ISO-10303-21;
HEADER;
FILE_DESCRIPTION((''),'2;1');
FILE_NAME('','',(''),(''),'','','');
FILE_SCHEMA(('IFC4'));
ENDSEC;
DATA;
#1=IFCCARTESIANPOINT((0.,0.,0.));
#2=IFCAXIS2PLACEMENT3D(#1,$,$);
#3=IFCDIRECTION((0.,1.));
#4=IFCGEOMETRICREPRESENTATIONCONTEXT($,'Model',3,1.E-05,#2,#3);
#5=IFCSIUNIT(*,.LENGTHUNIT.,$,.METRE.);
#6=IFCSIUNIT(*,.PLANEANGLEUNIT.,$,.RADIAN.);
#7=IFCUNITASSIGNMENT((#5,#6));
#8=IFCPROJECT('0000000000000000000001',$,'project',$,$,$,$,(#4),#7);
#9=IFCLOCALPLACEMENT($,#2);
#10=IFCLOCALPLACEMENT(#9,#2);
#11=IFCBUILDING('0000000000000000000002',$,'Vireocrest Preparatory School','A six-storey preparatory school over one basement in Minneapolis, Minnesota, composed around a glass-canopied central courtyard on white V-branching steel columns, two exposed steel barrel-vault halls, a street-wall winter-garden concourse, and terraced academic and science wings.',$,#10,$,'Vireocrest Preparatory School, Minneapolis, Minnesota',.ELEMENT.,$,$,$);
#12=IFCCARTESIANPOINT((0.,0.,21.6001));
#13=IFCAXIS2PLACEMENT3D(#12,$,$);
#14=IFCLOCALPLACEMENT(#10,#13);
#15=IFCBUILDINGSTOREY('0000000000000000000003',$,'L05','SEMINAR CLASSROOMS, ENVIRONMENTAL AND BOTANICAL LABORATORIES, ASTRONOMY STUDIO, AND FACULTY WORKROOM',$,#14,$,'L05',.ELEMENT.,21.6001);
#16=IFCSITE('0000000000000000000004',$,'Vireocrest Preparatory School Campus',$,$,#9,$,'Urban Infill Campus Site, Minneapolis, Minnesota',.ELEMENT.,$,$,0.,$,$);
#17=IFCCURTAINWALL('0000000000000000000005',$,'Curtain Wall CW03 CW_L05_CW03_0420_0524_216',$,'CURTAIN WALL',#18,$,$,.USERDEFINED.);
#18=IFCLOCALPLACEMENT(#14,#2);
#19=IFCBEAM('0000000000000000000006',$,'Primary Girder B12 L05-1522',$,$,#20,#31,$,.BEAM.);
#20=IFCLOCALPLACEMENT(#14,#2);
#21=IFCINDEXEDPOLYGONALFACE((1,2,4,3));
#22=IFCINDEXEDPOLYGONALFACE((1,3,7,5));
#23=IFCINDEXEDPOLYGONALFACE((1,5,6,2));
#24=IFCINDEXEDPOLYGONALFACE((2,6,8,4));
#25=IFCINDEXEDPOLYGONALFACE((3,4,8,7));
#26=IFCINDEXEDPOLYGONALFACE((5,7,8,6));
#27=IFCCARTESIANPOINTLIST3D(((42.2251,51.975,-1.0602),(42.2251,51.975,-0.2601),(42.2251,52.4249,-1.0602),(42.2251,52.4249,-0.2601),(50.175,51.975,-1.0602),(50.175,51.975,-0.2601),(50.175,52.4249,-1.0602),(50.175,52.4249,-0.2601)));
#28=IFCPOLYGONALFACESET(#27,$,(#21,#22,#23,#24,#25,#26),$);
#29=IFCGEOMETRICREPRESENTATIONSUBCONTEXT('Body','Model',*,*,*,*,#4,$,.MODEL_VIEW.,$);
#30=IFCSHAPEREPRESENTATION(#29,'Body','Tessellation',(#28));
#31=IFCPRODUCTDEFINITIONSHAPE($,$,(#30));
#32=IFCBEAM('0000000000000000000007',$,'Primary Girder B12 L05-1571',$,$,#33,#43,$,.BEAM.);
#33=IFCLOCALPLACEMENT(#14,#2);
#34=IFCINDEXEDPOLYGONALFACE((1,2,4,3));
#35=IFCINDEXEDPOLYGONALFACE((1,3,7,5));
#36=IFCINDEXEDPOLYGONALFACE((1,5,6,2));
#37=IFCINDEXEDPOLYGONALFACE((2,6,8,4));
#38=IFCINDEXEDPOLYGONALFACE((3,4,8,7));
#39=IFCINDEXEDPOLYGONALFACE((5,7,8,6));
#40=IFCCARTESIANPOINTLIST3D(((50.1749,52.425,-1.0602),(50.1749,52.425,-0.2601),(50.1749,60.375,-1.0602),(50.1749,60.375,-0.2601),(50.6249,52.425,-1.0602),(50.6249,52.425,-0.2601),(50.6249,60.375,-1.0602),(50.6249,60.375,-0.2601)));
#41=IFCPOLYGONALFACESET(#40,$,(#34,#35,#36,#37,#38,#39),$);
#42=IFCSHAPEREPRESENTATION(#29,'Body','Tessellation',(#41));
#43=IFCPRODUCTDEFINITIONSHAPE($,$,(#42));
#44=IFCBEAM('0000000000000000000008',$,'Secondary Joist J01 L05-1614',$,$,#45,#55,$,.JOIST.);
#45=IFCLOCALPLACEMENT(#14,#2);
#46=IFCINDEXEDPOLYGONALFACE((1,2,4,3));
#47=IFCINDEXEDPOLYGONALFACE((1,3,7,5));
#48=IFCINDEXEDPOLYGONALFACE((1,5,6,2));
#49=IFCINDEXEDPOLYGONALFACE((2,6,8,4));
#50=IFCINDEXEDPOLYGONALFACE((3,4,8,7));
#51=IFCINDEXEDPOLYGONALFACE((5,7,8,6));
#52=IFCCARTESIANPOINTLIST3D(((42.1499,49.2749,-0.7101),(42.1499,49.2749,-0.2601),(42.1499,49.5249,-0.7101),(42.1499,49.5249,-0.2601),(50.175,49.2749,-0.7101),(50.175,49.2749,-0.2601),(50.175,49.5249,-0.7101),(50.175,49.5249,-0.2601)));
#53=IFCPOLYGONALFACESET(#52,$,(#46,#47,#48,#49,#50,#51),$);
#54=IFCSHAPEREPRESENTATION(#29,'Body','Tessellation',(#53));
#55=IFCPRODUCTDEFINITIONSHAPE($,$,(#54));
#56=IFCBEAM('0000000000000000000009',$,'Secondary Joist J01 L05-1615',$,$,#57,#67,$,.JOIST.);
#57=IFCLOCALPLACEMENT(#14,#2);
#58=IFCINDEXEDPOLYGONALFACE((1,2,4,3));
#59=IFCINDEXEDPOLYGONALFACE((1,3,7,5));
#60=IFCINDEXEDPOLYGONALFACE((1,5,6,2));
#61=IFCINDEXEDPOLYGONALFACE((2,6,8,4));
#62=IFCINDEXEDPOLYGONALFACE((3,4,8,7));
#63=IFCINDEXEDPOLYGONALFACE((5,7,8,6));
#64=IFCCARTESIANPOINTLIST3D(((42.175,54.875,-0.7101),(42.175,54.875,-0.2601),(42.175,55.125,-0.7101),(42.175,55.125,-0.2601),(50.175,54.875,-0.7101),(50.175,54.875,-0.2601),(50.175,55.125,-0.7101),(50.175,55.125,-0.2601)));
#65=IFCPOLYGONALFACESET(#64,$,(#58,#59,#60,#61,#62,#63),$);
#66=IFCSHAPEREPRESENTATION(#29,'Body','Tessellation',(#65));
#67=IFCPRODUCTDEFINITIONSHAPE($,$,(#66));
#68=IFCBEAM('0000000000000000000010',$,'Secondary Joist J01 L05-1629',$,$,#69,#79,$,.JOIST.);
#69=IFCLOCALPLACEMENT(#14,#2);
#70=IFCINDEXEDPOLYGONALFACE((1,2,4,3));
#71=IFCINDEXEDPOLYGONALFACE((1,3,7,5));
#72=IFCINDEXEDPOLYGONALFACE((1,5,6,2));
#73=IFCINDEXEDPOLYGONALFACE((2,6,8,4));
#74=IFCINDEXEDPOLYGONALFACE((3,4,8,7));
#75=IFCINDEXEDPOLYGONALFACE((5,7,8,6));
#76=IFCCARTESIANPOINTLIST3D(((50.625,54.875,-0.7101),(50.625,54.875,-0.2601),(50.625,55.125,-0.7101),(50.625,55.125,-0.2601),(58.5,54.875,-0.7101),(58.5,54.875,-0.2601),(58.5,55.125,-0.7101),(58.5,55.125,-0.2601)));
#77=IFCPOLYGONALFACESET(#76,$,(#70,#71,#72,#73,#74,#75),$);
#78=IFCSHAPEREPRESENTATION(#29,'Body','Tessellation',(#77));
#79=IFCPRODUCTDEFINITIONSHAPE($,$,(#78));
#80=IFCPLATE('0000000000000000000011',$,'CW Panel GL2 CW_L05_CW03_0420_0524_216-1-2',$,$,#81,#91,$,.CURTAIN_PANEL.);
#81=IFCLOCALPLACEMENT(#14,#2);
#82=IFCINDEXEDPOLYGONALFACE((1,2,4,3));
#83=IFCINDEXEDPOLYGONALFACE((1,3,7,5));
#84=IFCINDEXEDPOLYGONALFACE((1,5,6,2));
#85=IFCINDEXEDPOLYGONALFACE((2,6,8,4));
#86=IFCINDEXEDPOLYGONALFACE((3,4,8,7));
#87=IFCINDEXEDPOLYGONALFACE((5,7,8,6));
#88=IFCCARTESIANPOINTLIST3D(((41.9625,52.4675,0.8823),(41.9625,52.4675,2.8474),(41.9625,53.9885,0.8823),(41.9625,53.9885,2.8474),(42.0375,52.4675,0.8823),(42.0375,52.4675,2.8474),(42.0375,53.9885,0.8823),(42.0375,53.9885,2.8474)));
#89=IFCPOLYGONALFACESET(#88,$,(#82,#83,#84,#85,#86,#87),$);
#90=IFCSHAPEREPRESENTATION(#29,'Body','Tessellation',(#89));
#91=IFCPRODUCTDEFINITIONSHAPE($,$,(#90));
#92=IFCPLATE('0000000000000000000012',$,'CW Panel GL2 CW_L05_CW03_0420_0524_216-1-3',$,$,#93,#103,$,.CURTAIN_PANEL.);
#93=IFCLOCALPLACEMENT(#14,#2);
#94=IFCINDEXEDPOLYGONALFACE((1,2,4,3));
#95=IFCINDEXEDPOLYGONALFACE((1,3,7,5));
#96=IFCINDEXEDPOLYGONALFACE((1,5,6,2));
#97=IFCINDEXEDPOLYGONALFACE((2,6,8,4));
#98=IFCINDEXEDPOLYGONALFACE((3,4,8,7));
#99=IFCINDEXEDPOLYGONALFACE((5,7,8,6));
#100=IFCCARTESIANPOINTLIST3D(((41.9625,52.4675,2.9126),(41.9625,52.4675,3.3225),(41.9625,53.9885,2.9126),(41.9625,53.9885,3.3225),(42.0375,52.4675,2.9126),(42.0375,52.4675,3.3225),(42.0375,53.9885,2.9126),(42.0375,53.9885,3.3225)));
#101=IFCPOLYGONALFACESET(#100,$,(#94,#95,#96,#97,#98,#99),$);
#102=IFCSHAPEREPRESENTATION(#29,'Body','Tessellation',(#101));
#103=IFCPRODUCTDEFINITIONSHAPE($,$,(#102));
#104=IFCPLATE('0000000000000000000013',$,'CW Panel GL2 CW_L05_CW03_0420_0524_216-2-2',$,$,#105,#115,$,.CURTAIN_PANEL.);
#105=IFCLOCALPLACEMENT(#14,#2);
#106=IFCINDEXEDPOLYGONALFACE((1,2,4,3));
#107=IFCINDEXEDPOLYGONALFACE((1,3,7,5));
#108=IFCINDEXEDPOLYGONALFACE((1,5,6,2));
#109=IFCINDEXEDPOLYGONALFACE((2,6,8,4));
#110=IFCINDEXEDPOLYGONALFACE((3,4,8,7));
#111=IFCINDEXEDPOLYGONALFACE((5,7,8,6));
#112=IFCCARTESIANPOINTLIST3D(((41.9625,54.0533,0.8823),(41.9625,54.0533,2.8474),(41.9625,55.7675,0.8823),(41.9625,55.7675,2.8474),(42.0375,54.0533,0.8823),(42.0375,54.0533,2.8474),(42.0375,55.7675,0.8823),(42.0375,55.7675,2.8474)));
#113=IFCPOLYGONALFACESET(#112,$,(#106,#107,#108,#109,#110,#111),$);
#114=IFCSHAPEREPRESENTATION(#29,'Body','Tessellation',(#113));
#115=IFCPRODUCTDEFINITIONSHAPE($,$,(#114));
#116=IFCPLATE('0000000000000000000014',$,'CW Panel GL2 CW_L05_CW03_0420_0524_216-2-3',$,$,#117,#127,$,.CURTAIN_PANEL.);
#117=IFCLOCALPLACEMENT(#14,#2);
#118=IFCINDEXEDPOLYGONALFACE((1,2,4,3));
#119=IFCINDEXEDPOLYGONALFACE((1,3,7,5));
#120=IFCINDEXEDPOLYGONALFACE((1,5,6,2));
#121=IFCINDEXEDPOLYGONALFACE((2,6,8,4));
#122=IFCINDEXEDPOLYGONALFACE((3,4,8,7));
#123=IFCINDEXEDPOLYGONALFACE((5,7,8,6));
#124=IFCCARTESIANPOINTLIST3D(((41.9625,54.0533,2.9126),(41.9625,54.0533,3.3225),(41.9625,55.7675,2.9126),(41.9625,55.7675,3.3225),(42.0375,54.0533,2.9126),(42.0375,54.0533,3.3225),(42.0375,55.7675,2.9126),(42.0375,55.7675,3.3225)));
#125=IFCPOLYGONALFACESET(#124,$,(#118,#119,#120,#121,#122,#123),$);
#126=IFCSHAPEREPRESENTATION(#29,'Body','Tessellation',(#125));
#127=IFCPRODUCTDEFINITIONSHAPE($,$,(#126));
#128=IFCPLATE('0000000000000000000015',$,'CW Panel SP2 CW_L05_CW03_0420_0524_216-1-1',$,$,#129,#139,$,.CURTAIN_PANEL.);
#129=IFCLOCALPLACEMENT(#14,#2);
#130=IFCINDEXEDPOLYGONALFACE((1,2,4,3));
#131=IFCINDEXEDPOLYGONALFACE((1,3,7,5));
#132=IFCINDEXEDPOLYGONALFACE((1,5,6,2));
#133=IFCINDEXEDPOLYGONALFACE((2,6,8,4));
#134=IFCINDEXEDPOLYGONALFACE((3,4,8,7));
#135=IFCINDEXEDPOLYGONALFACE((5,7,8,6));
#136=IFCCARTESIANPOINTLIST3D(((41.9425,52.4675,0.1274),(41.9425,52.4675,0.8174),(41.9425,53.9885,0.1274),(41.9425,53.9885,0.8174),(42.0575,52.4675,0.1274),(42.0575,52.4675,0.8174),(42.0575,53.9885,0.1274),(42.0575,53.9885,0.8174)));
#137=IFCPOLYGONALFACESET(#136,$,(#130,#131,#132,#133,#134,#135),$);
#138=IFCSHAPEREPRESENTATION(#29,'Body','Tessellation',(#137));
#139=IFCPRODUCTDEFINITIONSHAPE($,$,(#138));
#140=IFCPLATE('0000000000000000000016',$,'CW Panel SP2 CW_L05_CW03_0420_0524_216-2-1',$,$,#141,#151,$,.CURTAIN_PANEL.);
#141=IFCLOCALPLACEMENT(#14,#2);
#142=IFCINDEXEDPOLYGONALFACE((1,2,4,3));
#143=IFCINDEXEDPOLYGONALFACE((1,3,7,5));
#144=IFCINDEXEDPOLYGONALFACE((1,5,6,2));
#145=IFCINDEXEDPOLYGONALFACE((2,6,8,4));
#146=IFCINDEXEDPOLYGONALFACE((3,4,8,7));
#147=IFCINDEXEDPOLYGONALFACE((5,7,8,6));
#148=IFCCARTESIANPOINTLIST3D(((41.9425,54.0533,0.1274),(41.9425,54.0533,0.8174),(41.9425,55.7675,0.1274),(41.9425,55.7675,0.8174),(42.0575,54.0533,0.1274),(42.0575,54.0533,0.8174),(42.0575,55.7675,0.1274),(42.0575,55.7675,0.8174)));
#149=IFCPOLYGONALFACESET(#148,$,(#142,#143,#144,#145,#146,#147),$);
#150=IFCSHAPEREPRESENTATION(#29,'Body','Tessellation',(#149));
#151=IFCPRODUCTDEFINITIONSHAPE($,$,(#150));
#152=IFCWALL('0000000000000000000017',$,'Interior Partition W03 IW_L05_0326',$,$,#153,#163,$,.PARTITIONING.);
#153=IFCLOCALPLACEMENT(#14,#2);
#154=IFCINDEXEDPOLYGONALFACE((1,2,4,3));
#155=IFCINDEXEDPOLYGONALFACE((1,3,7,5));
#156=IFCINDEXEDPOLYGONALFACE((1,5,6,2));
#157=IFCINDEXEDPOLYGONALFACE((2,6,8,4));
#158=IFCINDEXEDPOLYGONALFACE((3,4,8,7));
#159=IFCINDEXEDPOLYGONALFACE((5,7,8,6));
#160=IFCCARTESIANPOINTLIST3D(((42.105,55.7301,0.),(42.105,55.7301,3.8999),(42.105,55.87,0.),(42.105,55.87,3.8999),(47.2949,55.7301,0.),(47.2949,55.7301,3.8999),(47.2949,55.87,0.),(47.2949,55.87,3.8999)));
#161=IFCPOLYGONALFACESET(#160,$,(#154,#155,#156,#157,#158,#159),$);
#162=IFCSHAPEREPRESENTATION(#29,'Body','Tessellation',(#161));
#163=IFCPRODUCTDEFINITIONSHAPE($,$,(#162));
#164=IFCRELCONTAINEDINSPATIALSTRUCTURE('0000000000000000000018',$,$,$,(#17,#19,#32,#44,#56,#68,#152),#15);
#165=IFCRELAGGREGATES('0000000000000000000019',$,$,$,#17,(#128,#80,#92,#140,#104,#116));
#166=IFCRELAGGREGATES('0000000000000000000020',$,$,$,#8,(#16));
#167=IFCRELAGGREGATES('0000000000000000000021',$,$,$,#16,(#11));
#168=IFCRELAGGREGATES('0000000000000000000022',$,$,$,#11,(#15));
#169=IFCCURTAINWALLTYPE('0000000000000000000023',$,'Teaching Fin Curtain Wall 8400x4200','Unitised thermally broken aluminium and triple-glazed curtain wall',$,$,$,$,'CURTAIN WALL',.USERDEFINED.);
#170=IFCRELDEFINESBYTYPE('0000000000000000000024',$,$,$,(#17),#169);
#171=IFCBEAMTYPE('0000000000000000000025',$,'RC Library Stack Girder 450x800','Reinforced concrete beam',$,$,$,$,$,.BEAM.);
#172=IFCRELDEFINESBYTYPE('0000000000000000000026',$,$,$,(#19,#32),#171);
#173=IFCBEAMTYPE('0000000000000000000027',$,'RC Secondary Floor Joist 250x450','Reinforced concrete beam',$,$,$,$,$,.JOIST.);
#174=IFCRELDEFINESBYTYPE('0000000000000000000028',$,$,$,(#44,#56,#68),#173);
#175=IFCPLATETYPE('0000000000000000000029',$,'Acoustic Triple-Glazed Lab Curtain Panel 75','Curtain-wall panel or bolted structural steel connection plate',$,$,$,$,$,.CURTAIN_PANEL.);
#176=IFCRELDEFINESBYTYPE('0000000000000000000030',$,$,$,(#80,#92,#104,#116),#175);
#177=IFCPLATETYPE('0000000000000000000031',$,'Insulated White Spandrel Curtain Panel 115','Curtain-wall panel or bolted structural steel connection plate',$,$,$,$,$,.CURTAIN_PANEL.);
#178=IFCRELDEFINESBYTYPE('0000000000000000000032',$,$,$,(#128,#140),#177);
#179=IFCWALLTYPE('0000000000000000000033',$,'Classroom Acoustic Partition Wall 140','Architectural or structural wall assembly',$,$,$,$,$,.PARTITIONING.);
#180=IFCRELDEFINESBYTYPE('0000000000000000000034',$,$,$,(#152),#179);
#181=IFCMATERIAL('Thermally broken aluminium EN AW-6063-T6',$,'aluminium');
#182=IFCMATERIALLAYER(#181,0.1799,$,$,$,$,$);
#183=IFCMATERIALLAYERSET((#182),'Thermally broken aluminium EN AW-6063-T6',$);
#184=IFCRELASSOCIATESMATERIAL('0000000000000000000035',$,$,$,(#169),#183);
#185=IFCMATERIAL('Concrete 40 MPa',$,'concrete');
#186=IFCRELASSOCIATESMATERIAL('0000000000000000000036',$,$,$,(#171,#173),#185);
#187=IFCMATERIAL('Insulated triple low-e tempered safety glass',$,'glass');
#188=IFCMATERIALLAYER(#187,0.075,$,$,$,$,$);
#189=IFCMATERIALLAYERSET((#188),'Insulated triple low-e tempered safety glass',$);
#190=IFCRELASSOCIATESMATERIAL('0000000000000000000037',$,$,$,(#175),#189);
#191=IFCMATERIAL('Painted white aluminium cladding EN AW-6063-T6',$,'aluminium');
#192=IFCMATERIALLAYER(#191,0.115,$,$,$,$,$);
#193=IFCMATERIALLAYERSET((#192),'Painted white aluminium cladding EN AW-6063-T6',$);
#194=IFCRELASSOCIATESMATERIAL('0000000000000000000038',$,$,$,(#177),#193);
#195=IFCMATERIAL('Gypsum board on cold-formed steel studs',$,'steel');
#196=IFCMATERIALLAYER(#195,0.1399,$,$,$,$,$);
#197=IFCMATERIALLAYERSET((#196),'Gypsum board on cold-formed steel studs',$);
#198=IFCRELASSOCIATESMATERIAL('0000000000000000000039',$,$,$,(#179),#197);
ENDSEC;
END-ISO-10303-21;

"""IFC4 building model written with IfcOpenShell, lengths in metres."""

from ifc_helpers import new_model, si_unit, direction, frame, frame_2d, origin, origin_2d, place, context, subcontext, project, spatial, rectangle, extrude, material, layer, layer_set, material_profile, profile_set, type_object, element, aggregate, save


model = new_model("IFC4")

# Units and contexts
model_context = context("Model", 3, precision=1e-05, world=origin(), true_north=direction((0.0, 1.0)))
body_context = subcontext(model_context, "Body", "Model", "MODEL_VIEW")
ifc_project = project(units=[si_unit("LENGTHUNIT", "METRE"), si_unit("PLANEANGLEUNIT", "RADIAN")], contexts=[model_context])

# Site, building, storey
site_placement = place(None, origin())
site = spatial("IfcSite", under=ifc_project, at=site_placement, Name="Vireocrest Preparatory School Campus", LongName="Urban Infill Campus Site, Minneapolis, Minnesota", CompositionType="ELEMENT", RefElevation=0.0)
building_placement = place(site_placement, origin())
building = spatial("IfcBuilding", under=site, at=building_placement, Name="Vireocrest Preparatory School", Description="A six-storey preparatory school over one basement in Minneapolis, Minnesota, composed around a glass-canopied central courtyard on white V-branching steel columns, two exposed steel barrel-vault halls, a street-wall winter-garden concourse, and terraced academic and science wings.", LongName="Vireocrest Preparatory School, Minneapolis, Minnesota", CompositionType="ELEMENT")
storey_placement = place(building_placement, frame((0.0, 0.0, 21.6001)))
storey = spatial("IfcBuildingStorey", under=building, at=storey_placement, Name="L05", Description="SEMINAR CLASSROOMS, ENVIRONMENTAL AND BOTANICAL LABORATORIES, ASTRONOMY STUDIO, AND FACULTY WORKROOM", LongName="L05", CompositionType="ELEMENT", Elevation=21.6001)

# Curtain wall
ifc_material_1 = material(Name="Thermally broken aluminium EN AW-6063-T6", Category="aluminium")
ifc_layer_1 = layer(ifc_material_1, 0.1799)
ifc_layer_set_1 = layer_set([ifc_layer_1], Name="Thermally broken aluminium EN AW-6063-T6")
curtain_wall_type = type_object("IfcCurtainWallType", Name="Teaching Fin Curtain Wall 8400x4200", Description="Unitised thermally broken aluminium and triple-glazed curtain wall", ElementType="CURTAIN WALL", PredefinedType="USERDEFINED", material=ifc_layer_set_1)
curtain_wall_placement = place(storey_placement, origin())
curtain_wall = element("IfcCurtainWall", 1, at=curtain_wall_placement, inside=storey, type_object=curtain_wall_type, Name="Curtain Wall CW03 CW_L05_CW03_0420_0524_216", ObjectType="CURTAIN WALL", PredefinedType="USERDEFINED")

# Beams
ifc_material_2 = material(Name="Concrete 40 MPa", Category="concrete")
ifc_material_profile_1 = material_profile(ifc_material_2, rectangle(XDim=0.45, YDim=0.8, at=origin_2d()), Name="RC 450x800")
ifc_profile_set_1 = profile_set([ifc_material_profile_1], Name="Concrete 40 MPa")
beam_type_1 = type_object("IfcBeamType", Name="RC Library Stack Girder 450x800", Description="Reinforced concrete beam", PredefinedType="BEAM", material=ifc_profile_set_1)
for number, where, z_axis, x_axis, name in (
    (2, (42.2251, 52.2, -0.6602), (1.0, 0.0, 0.0), (0.0, 1.0, 0.0), "Primary Girder B12 L05-1522"),
    (3, (50.3999, 52.425, -0.6602), (0.0, 1.0, 0.0), (-1.0, 0.0, 0.0), "Primary Girder B12 L05-1571"),
):
    element("IfcBeam", number, at=place(storey_placement, frame(where, z_axis=z_axis, x_axis=x_axis)), inside=storey, type_object=beam_type_1, Name=name, PredefinedType="BEAM", context=body_context, shape_type="SweptSolid", body=[
        extrude(rectangle(XDim=0.45, YDim=0.8, at=origin_2d()), origin(), (0.0, 0.0, 1.0), 7.95),
    ])
ifc_material_profile_2 = material_profile(ifc_material_2, rectangle(XDim=0.25, YDim=0.45, at=origin_2d()), Name="RC 250x450")
ifc_profile_set_2 = profile_set([ifc_material_profile_2], Name="Concrete 40 MPa")
beam_type_2 = type_object("IfcBeamType", Name="RC Secondary Floor Joist 250x450", Description="Reinforced concrete beam", PredefinedType="JOIST", material=ifc_profile_set_2)
beam_1_placement = place(storey_placement, frame((42.1499, 49.3999, -0.4851), z_axis=(1.0, 0.0, 0.0), x_axis=(0.0, 1.0, 0.0)))
element("IfcBeam", 4, at=beam_1_placement, inside=storey, type_object=beam_type_2, Name="Secondary Joist J01 L05-1614", PredefinedType="JOIST", context=body_context, shape_type="SweptSolid", body=[
    extrude(rectangle(XDim=0.25, YDim=0.45, at=origin_2d()), origin(), (0.0, 0.0, 1.0), 8.0251),
])
beam_2_placement = place(storey_placement, frame((42.175, 55.0, -0.4851), z_axis=(1.0, 0.0, 0.0), x_axis=(0.0, 1.0, 0.0)))
element("IfcBeam", 5, at=beam_2_placement, inside=storey, type_object=beam_type_2, Name="Secondary Joist J01 L05-1615", PredefinedType="JOIST", context=body_context, shape_type="SweptSolid", body=[
    extrude(rectangle(XDim=0.25, YDim=0.45, at=origin_2d()), origin(), (0.0, 0.0, 1.0), 8.0),
])
beam_3_placement = place(storey_placement, frame((50.625, 55.0, -0.4851), z_axis=(1.0, 0.0, 0.0), x_axis=(0.0, 1.0, 0.0)))
element("IfcBeam", 6, at=beam_3_placement, inside=storey, type_object=beam_type_2, Name="Secondary Joist J01 L05-1629", PredefinedType="JOIST", context=body_context, shape_type="SweptSolid", body=[
    extrude(rectangle(XDim=0.25, YDim=0.45, at=origin_2d()), origin(), (0.0, 0.0, 1.0), 7.875),
])

# Plates
ifc_material_3 = material(Name="Insulated triple low-e tempered safety glass", Category="glass")
ifc_layer_2 = layer(ifc_material_3, 0.075)
ifc_layer_set_2 = layer_set([ifc_layer_2], Name="Insulated triple low-e tempered safety glass")
plate_type_1 = type_object("IfcPlateType", Name="Acoustic Triple-Glazed Lab Curtain Panel 75", Description="Curtain-wall panel or bolted structural steel connection plate", PredefinedType="CURTAIN_PANEL", material=ifc_layer_set_2)
plate_1_placement = place(storey_placement, frame((42.0, 53.228, 0.8823), z_axis=(0.0, 0.0, 1.0), x_axis=(0.0, 1.0, 0.0)))
plate_1 = element("IfcPlate", 7, at=plate_1_placement, type_object=plate_type_1, Name="CW Panel GL2 CW_L05_CW03_0420_0524_216-1-2", PredefinedType="CURTAIN_PANEL", context=body_context, shape_type="SweptSolid", body=[
    extrude(rectangle(XDim=1.521, YDim=0.075, at=origin_2d()), origin(), (0.0, 0.0, 1.0), 1.9651),
])
plate_2_placement = place(storey_placement, frame((42.0, 53.228, 2.9126), z_axis=(0.0, 0.0, 1.0), x_axis=(0.0, 1.0, 0.0)))
plate_2 = element("IfcPlate", 8, at=plate_2_placement, type_object=plate_type_1, Name="CW Panel GL2 CW_L05_CW03_0420_0524_216-1-3", PredefinedType="CURTAIN_PANEL", context=body_context, shape_type="SweptSolid", body=[
    extrude(rectangle(XDim=1.521, YDim=0.075, at=origin_2d()), origin(), (0.0, 0.0, 1.0), 0.4099),
])
plate_3_placement = place(storey_placement, frame((42.0, 54.9104, 0.8823), z_axis=(0.0, 0.0, 1.0), x_axis=(0.0, 1.0, 0.0)))
plate_3 = element("IfcPlate", 9, at=plate_3_placement, type_object=plate_type_1, Name="CW Panel GL2 CW_L05_CW03_0420_0524_216-2-2", PredefinedType="CURTAIN_PANEL", context=body_context, shape_type="SweptSolid", body=[
    extrude(rectangle(XDim=1.7141, YDim=0.075, at=origin_2d()), origin(), (0.0, 0.0, 1.0), 1.9651),
])
plate_4_placement = place(storey_placement, frame((42.0, 54.9104, 2.9126), z_axis=(0.0, 0.0, 1.0), x_axis=(0.0, 1.0, 0.0)))
plate_4 = element("IfcPlate", 10, at=plate_4_placement, type_object=plate_type_1, Name="CW Panel GL2 CW_L05_CW03_0420_0524_216-2-3", PredefinedType="CURTAIN_PANEL", context=body_context, shape_type="SweptSolid", body=[
    extrude(rectangle(XDim=1.7141, YDim=0.075, at=origin_2d()), origin(), (0.0, 0.0, 1.0), 0.4099),
])
ifc_material_4 = material(Name="Painted white aluminium cladding EN AW-6063-T6", Category="aluminium")
ifc_layer_3 = layer(ifc_material_4, 0.115)
ifc_layer_set_3 = layer_set([ifc_layer_3], Name="Painted white aluminium cladding EN AW-6063-T6")
plate_type_2 = type_object("IfcPlateType", Name="Insulated White Spandrel Curtain Panel 115", Description="Curtain-wall panel or bolted structural steel connection plate", PredefinedType="CURTAIN_PANEL", material=ifc_layer_set_3)
plate_5_placement = place(storey_placement, frame((42.0, 53.228, 0.1274), z_axis=(0.0, 0.0, 1.0), x_axis=(0.0, 1.0, 0.0)))
plate_5 = element("IfcPlate", 11, at=plate_5_placement, type_object=plate_type_2, Name="CW Panel SP2 CW_L05_CW03_0420_0524_216-1-1", PredefinedType="CURTAIN_PANEL", context=body_context, shape_type="SweptSolid", body=[
    extrude(rectangle(XDim=1.521, YDim=0.115, at=origin_2d()), origin(), (0.0, 0.0, 1.0), 0.6899),
])
plate_6_placement = place(storey_placement, frame((42.0, 54.9104, 0.1274), z_axis=(0.0, 0.0, 1.0), x_axis=(0.0, 1.0, 0.0)))
plate_6 = element("IfcPlate", 12, at=plate_6_placement, type_object=plate_type_2, Name="CW Panel SP2 CW_L05_CW03_0420_0524_216-2-1", PredefinedType="CURTAIN_PANEL", context=body_context, shape_type="SweptSolid", body=[
    extrude(rectangle(XDim=1.7141, YDim=0.115, at=origin_2d()), origin(), (0.0, 0.0, 1.0), 0.6899),
])
aggregate(curtain_wall, [plate_5, plate_1, plate_2, plate_6, plate_3, plate_4])

# Wall
ifc_material_5 = material(Name="Gypsum board on cold-formed steel studs", Category="steel")
ifc_layer_4 = layer(ifc_material_5, 0.1399)
ifc_layer_set_4 = layer_set([ifc_layer_4], Name="Gypsum board on cold-formed steel studs")
wall_type_1 = type_object("IfcWallType", Name="Classroom Acoustic Partition Wall 140", Description="Architectural or structural wall assembly", PredefinedType="PARTITIONING", material=ifc_layer_set_4)
wall_1_placement = place(storey_placement, frame((42.105, 55.8, 0.0), z_axis=(0.0, 0.0, 1.0), x_axis=(1.0, 0.0, 0.0)))
element("IfcWall", 13, at=wall_1_placement, inside=storey, type_object=wall_type_1, Name="Interior Partition W03 IW_L05_0326", PredefinedType="PARTITIONING", context=body_context, shape_type="SweptSolid", body=[
    extrude(rectangle(XDim=5.1899, YDim=0.1399, at=frame_2d((2.595, 0.0))), origin(), (0.0, 0.0, 1.0), 3.8999),
])

save(model, "model.ifc")
